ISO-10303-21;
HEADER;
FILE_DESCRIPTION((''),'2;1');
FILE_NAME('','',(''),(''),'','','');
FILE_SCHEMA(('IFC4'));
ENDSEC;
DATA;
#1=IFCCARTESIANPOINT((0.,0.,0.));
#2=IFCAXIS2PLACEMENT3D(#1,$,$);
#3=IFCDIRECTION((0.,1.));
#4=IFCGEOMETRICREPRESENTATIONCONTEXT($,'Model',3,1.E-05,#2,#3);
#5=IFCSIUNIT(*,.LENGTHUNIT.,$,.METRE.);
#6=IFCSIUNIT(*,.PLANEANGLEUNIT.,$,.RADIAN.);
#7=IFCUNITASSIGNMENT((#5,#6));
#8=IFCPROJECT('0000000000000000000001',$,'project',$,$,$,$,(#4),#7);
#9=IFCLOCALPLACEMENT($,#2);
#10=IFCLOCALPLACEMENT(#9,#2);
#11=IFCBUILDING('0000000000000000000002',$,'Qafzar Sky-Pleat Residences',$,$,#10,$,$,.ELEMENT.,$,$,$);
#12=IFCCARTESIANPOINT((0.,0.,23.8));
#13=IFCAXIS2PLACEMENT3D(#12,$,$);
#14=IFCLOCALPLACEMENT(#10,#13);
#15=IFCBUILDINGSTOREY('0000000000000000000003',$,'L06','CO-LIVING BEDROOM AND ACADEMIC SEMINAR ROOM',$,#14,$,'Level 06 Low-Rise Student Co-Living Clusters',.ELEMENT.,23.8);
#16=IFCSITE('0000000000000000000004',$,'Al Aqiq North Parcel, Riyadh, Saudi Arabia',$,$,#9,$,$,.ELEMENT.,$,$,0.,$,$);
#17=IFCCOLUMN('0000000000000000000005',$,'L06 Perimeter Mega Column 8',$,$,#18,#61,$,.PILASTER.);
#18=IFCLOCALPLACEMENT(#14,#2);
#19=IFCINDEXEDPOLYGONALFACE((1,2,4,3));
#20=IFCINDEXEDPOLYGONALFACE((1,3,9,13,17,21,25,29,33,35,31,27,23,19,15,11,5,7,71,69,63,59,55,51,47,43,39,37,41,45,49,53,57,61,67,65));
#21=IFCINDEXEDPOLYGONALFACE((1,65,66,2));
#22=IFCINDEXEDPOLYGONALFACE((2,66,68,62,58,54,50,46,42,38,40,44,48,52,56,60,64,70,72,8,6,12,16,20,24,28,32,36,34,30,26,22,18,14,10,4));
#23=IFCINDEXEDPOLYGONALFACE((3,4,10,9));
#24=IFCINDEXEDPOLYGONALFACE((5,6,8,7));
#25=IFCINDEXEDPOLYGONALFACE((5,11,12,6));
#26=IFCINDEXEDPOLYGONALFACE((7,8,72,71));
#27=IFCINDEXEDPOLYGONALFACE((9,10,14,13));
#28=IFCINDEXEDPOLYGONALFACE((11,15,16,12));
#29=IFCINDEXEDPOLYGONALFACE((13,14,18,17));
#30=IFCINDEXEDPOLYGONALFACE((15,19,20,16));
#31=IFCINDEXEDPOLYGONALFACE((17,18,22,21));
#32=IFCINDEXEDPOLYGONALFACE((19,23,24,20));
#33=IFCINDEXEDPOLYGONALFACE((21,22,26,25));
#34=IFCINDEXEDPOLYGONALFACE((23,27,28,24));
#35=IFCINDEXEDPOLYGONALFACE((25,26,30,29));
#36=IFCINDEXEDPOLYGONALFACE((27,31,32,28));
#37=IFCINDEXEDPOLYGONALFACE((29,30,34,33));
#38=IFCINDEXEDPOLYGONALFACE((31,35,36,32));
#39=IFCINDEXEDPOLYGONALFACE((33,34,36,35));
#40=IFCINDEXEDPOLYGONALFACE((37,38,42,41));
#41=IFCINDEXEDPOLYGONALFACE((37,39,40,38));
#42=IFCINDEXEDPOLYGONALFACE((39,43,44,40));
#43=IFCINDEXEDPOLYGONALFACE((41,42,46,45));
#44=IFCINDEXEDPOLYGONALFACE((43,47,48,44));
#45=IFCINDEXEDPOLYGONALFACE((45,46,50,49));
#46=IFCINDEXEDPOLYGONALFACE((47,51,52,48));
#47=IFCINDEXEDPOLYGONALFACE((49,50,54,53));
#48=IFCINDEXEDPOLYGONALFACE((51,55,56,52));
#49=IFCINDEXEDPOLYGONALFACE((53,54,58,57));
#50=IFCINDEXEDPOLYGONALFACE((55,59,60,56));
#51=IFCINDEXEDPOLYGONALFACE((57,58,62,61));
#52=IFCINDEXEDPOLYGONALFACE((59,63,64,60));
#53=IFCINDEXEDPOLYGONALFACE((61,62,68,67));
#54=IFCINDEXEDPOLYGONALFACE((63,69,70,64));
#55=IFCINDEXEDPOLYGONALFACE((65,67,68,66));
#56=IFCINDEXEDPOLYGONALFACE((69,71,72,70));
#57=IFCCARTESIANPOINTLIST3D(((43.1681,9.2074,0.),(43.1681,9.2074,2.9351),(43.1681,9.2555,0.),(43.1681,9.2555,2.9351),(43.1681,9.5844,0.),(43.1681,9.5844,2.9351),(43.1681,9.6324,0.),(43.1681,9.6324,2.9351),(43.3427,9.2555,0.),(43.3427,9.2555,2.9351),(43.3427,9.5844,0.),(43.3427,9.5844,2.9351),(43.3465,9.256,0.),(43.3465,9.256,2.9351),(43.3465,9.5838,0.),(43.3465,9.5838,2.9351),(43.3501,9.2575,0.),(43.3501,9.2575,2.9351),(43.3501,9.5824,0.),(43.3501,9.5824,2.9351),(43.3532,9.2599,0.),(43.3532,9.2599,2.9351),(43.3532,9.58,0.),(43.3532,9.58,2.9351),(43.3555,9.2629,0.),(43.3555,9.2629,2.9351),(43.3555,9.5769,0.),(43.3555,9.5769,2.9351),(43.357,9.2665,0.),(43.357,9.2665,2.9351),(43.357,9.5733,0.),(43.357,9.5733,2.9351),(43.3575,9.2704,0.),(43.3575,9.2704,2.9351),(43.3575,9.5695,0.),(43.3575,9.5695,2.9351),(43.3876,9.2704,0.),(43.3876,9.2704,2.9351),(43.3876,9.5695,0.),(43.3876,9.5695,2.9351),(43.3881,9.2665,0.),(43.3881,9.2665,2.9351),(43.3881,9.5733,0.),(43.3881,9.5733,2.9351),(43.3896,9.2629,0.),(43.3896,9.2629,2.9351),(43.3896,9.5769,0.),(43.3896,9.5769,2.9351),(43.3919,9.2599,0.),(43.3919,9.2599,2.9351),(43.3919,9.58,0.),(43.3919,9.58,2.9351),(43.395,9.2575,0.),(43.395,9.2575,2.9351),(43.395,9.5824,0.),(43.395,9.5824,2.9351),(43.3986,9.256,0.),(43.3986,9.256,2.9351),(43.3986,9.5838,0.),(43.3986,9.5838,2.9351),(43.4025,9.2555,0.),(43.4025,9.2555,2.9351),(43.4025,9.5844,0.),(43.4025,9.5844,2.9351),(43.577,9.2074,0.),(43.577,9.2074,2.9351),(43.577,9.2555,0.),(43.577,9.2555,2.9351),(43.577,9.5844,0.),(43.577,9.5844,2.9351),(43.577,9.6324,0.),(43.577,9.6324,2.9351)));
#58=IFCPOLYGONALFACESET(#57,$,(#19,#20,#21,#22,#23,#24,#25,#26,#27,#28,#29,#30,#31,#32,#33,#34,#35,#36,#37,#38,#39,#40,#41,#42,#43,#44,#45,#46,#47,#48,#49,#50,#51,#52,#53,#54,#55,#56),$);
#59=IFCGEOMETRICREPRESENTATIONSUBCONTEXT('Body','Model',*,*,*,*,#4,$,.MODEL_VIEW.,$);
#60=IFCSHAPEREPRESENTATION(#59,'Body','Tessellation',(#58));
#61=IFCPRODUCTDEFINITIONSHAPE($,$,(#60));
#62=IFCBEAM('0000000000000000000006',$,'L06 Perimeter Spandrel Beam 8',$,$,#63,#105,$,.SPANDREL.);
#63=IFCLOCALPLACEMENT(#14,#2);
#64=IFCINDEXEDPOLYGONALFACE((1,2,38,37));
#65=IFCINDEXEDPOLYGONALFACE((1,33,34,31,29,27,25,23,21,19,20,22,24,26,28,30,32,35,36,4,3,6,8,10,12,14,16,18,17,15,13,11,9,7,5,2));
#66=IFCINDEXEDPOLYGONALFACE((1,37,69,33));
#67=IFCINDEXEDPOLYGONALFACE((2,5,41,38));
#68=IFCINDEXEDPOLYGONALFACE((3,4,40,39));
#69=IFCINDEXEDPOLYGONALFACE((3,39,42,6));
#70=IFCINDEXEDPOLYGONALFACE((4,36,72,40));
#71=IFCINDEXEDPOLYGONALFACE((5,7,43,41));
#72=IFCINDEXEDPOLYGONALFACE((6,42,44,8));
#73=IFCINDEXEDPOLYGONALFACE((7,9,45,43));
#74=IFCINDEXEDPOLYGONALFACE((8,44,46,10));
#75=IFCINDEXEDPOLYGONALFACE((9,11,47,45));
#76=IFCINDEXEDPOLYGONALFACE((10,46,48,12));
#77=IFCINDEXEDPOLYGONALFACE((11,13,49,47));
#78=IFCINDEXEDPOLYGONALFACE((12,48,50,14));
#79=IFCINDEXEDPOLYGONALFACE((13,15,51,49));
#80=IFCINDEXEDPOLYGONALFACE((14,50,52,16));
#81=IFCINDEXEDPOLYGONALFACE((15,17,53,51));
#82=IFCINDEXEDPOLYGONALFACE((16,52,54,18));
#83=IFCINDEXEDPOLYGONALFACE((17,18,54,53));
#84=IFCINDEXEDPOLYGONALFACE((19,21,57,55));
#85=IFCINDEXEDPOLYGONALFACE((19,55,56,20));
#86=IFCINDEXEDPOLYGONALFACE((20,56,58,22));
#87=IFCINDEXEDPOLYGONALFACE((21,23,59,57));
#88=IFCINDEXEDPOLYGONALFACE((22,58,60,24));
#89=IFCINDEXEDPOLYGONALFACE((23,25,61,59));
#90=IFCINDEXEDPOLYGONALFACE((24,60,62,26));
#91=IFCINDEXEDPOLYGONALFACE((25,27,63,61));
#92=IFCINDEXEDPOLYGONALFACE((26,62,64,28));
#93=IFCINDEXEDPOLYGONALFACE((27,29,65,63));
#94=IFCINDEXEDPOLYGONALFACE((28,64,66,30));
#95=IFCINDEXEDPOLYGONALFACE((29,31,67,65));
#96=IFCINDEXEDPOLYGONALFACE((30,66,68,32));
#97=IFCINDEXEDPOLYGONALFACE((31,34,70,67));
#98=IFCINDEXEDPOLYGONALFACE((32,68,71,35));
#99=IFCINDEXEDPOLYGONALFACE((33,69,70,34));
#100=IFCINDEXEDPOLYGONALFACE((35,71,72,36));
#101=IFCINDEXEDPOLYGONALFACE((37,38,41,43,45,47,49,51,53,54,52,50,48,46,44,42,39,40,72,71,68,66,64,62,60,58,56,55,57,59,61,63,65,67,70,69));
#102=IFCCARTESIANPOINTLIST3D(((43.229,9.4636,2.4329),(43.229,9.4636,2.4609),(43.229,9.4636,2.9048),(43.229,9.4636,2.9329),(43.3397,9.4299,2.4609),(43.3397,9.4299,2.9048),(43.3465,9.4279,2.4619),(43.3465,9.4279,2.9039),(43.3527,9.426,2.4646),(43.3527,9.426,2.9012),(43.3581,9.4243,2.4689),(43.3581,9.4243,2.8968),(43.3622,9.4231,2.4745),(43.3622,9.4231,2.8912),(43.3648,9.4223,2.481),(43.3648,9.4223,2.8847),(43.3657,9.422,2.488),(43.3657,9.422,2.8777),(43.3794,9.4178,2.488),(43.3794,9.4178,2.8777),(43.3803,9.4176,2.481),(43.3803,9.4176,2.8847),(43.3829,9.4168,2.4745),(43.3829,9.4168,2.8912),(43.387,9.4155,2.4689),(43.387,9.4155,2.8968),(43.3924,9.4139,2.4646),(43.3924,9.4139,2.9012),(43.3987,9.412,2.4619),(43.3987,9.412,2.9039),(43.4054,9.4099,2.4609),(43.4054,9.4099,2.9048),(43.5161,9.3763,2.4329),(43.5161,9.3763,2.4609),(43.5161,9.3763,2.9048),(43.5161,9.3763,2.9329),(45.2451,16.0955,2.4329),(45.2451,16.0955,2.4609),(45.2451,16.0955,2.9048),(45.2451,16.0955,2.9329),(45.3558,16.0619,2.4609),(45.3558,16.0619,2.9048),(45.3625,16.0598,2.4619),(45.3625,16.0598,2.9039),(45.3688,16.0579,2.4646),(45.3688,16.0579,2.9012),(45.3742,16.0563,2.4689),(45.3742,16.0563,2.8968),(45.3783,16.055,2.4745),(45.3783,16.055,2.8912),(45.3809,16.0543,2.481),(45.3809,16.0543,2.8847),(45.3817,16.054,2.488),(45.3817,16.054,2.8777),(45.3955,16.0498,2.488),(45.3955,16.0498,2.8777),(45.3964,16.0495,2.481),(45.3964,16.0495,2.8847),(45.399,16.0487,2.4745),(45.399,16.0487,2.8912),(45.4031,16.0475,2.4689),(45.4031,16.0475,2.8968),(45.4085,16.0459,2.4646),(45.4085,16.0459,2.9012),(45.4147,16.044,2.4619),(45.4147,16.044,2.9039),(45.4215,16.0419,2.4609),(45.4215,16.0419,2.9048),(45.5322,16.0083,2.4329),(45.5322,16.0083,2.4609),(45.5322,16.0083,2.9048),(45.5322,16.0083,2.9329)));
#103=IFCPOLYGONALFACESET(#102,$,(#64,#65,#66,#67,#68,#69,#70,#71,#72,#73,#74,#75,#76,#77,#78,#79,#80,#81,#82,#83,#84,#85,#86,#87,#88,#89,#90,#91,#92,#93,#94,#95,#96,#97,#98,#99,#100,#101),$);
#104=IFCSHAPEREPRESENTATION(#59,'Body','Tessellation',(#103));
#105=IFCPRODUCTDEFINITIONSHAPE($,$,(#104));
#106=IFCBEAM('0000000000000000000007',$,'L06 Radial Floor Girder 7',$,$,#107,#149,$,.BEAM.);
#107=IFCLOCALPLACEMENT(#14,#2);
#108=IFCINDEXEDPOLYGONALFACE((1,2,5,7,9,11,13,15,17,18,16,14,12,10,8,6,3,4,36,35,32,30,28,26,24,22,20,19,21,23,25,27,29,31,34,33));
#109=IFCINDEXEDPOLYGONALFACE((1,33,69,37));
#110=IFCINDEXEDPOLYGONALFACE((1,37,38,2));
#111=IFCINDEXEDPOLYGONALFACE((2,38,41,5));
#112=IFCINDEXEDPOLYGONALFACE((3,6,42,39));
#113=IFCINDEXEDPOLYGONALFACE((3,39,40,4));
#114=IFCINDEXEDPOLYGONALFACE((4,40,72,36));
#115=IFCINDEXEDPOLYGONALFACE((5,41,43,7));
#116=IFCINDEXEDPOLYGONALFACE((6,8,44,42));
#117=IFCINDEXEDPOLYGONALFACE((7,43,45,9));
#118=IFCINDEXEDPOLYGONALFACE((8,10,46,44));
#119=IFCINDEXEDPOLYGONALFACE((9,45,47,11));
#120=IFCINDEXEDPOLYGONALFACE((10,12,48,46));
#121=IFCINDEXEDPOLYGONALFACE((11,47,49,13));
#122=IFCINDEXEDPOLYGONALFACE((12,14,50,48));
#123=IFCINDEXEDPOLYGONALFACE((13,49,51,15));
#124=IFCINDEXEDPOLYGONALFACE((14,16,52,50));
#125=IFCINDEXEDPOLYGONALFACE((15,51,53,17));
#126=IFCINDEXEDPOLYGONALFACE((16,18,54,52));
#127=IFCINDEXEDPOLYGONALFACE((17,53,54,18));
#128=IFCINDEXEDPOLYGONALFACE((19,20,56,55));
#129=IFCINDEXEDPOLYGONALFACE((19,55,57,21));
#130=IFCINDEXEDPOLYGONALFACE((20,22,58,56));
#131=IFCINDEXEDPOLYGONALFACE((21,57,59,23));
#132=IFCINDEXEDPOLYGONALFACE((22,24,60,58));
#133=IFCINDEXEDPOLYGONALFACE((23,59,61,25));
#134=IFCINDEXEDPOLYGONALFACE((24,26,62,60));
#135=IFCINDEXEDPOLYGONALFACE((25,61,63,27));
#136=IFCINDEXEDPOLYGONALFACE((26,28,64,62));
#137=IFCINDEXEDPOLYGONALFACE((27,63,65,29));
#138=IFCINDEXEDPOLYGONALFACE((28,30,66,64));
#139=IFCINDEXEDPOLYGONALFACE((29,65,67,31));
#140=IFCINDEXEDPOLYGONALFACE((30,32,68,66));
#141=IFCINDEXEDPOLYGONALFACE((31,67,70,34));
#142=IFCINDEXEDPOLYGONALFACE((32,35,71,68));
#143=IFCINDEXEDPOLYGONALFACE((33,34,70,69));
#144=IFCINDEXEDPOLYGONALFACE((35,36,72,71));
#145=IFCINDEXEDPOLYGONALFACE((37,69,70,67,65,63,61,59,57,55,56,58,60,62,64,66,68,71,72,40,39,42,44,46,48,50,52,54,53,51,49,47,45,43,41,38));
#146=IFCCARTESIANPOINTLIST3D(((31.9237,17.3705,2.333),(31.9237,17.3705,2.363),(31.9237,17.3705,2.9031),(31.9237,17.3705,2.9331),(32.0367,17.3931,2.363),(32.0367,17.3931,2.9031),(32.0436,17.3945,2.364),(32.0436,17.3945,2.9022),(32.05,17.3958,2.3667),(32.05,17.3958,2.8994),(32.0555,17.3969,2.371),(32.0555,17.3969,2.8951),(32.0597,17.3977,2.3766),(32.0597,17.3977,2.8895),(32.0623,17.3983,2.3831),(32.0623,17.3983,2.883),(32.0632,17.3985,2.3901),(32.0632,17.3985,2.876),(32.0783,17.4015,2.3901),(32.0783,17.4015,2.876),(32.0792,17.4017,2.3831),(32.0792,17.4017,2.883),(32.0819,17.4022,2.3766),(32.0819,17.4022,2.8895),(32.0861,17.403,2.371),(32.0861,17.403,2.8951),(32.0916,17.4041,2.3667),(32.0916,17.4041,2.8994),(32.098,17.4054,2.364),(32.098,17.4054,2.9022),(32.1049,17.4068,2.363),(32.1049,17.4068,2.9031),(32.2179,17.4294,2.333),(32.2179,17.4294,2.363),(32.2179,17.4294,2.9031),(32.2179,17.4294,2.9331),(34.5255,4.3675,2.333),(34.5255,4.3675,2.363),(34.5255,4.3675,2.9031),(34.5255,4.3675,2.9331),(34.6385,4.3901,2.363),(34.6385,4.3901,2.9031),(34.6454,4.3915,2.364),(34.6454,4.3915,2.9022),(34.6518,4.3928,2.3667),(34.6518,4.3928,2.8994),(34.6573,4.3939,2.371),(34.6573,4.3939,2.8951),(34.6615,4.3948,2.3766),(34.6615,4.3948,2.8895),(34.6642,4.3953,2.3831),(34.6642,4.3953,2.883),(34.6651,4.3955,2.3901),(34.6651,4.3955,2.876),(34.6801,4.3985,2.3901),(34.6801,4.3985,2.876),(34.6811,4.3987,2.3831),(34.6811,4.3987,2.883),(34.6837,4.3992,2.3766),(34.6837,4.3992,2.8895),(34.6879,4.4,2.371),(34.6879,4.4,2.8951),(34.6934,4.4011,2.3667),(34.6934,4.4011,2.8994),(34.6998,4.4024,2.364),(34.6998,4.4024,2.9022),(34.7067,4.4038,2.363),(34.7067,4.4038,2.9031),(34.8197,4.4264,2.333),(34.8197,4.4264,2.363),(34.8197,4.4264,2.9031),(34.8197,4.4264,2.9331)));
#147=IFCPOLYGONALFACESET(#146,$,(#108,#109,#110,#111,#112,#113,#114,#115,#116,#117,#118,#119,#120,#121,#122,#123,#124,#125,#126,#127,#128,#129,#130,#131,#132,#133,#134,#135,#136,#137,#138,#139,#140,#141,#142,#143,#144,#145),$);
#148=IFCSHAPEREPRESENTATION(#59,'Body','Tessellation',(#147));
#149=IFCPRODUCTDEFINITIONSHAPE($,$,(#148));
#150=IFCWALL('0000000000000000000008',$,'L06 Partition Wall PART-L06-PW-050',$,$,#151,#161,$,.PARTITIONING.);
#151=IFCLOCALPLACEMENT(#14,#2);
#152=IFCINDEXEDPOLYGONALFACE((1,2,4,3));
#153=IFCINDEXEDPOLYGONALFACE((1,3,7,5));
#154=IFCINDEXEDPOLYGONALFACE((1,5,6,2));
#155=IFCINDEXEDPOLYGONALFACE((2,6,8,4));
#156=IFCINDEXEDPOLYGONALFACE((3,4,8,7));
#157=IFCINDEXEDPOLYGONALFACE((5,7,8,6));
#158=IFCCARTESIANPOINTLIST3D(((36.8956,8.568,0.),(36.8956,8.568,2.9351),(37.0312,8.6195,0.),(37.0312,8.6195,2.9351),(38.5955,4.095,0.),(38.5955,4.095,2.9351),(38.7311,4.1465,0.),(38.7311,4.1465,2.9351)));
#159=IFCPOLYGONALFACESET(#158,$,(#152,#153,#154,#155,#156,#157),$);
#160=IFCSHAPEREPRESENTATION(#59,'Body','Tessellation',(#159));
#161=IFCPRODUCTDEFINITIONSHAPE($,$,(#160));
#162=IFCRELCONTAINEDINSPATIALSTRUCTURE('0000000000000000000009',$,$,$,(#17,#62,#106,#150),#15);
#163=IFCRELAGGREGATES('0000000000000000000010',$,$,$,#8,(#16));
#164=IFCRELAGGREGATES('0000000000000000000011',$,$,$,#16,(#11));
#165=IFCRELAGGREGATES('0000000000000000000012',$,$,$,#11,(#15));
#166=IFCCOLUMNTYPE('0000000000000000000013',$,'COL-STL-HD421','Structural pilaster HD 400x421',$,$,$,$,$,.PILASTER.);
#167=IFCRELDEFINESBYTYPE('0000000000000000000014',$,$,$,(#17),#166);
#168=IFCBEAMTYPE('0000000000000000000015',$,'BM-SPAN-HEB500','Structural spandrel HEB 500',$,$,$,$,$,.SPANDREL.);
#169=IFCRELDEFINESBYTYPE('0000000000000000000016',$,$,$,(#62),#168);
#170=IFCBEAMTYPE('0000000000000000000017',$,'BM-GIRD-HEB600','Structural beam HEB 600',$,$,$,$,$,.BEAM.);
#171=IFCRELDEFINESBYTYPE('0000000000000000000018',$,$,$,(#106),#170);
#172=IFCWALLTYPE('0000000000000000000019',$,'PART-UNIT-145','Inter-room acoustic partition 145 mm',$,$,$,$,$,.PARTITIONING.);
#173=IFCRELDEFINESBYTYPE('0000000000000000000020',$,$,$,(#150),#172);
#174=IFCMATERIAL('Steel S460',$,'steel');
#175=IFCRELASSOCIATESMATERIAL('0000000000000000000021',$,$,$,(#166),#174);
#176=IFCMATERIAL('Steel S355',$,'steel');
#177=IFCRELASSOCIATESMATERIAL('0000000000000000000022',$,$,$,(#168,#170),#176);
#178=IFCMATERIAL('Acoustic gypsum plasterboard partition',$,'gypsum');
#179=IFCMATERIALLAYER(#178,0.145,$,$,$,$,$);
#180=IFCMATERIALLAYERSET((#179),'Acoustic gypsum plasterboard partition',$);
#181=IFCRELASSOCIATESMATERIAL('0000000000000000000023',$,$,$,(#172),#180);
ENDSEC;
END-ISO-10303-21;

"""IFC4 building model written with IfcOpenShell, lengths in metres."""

from ifc_helpers import new_model, si_unit, direction, frame, frame_2d, origin, origin_2d, place, context, subcontext, project, spatial, rectangle, i_section, extrude, source, transform, mapped, material, layer, layer_set, material_profile, profile_set, type_object, element, save


model = new_model("IFC4")

# Units and contexts
model_context = context("Model", 3, precision=1e-05, world=origin(), true_north=direction((0.0, 1.0)))
body_context = subcontext(model_context, "Body", "Model", "MODEL_VIEW")
ifc_project = project(units=[si_unit("LENGTHUNIT", "METRE"), si_unit("PLANEANGLEUNIT", "RADIAN")], contexts=[model_context])

# Site, building, storey
site_placement = place(None, origin())
site = spatial("IfcSite", under=ifc_project, at=site_placement, Name="Al Aqiq North Parcel, Riyadh, Saudi Arabia", CompositionType="ELEMENT", RefElevation=0.0)
building_placement = place(site_placement, origin())
building = spatial("IfcBuilding", under=site, at=building_placement, Name="Qafzar Sky-Pleat Residences", CompositionType="ELEMENT")
storey_placement = place(building_placement, frame((0.0, 0.0, 23.8)))
storey = spatial("IfcBuildingStorey", under=building, at=storey_placement, Name="L06", Description="CO-LIVING BEDROOM AND ACADEMIC SEMINAR ROOM", LongName="Level 06 Low-Rise Student Co-Living Clusters", CompositionType="ELEMENT", Elevation=23.8)

# Column
ifc_material_1 = material(Name="Steel S460", Category="steel")
ifc_material_profile_1 = material_profile(ifc_material_1, i_section(OverallWidth=0.4089, OverallDepth=0.425, WebThickness=0.03, FlangeThickness=0.0481, FilletRadius=0.0149, at=origin_2d()), Name="HD 400x421")
ifc_profile_set_1 = profile_set([ifc_material_profile_1], Name="Steel S460")
column_type = type_object("IfcColumnType", Name="COL-STL-HD421", Description="Structural pilaster HD 400x421", PredefinedType="PILASTER", material=ifc_profile_set_1)
shared_shape_1 = source(origin(), body_context, "Body", "SweptSolid", [
    extrude(i_section(OverallWidth=0.4089, OverallDepth=0.425, WebThickness=0.03, FlangeThickness=0.0481, FilletRadius=0.0149, at=origin_2d()), origin(), (0.0, 0.0, 1.0), 2.9351),
])
column_placement = place(storey_placement, frame((43.3726, 9.4199, 0.0), z_axis=(0.0, 0.0, 1.0), x_axis=(1.0, 0.0, 0.0)))
element("IfcColumn", 1, at=column_placement, inside=storey, type_object=column_type, Name="L06 Perimeter Mega Column 8", PredefinedType="PILASTER", context=body_context, shape_type="MappedRepresentation", body=[
    mapped(shared_shape_1, transform((0.0, 0.0, 0.0), x_axis=(1.0, 0.0, 0.0), y_axis=(0.0, 1.0, 0.0), z_axis=(0.0, 0.0, 1.0), scale=1.0)),
])

# Beams
ifc_material_2 = material(Name="Steel S355", Category="steel")
ifc_material_profile_2 = material_profile(ifc_material_2, i_section(OverallWidth=0.3, OverallDepth=0.5, WebThickness=0.0144, FlangeThickness=0.0281, FilletRadius=0.0271, at=origin_2d()), Name="HEB 500")
ifc_profile_set_2 = profile_set([ifc_material_profile_2], Name="Steel S355")
beam_type_1 = type_object("IfcBeamType", Name="BM-SPAN-HEB500", Description="Structural spandrel HEB 500", PredefinedType="SPANDREL", material=ifc_profile_set_2)
shared_shape_2 = source(origin(), body_context, "Body", "SweptSolid", [
    extrude(i_section(OverallWidth=0.3, OverallDepth=0.5, WebThickness=0.0144, FlangeThickness=0.0281, FilletRadius=0.0271, at=origin_2d()), origin(), (0.0, 0.0, 1.0), 6.9316),
])
beam_1_placement = place(storey_placement, frame((43.3726, 9.4199, 2.6829), z_axis=(0.290852, 0.956768, 0.0), x_axis=(-0.956768, 0.290852, 0.0)))
element("IfcBeam", 2, at=beam_1_placement, inside=storey, type_object=beam_type_1, Name="L06 Perimeter Spandrel Beam 8", PredefinedType="SPANDREL", context=body_context, shape_type="MappedRepresentation", body=[
    mapped(shared_shape_2, transform((0.0, 0.0, 0.0), x_axis=(1.0, 0.0, 0.0), y_axis=(0.0, 1.0, 0.0), z_axis=(0.0, 0.0, 1.0), scale=1.0)),
])
ifc_material_profile_3 = material_profile(ifc_material_2, i_section(OverallWidth=0.3, OverallDepth=0.6001, WebThickness=0.0154, FlangeThickness=0.03, FilletRadius=0.0271, at=origin_2d()), Name="HEB 600")
ifc_profile_set_3 = profile_set([ifc_material_profile_3], Name="Steel S355")
beam_type_2 = type_object("IfcBeamType", Name="BM-GIRD-HEB600", Description="Structural beam HEB 600", PredefinedType="BEAM", material=ifc_profile_set_3)
shared_shape_3 = source(origin(), body_context, "Body", "SweptSolid", [
    extrude(i_section(OverallWidth=0.3, OverallDepth=0.6001, WebThickness=0.0154, FlangeThickness=0.03, FilletRadius=0.0271, at=origin_2d()), origin(), (0.0, 0.0, 1.0), 13.2607),
])
beam_2_placement = place(storey_placement, frame((34.6726, 4.397, 2.6331), z_axis=(-0.196205, 0.980563, 0.0), x_axis=(-0.980563, -0.196205, 0.0)))
element("IfcBeam", 3, at=beam_2_placement, inside=storey, type_object=beam_type_2, Name="L06 Radial Floor Girder 7", PredefinedType="BEAM", context=body_context, shape_type="MappedRepresentation", body=[
    mapped(shared_shape_3, transform((0.0, 0.0, 0.0), x_axis=(1.0, 0.0, 0.0), y_axis=(0.0, 1.0, 0.0), z_axis=(0.0, 0.0, 1.0), scale=1.0)),
])

# Wall
ifc_material_3 = material(Name="Acoustic gypsum plasterboard partition", Category="gypsum")
ifc_layer_1 = layer(ifc_material_3, 0.145)
ifc_layer_set_1 = layer_set([ifc_layer_1], Name="Acoustic gypsum plasterboard partition")
wall_type_1 = type_object("IfcWallType", Name="PART-UNIT-145", Description="Inter-room acoustic partition 145 mm", PredefinedType="PARTITIONING", material=ifc_layer_set_1)
wall_1_placement = place(storey_placement, frame((36.9634, 8.5938, 0.0), z_axis=(0.0, 0.0, 1.0), x_axis=(0.355246, -0.934773, 0.0)))
element("IfcWall", 4, at=wall_1_placement, inside=storey, type_object=wall_type_1, Name="L06 Partition Wall PART-L06-PW-050", PredefinedType="PARTITIONING", context=body_context, shape_type="SweptSolid", body=[
    extrude(rectangle(XDim=4.7852, YDim=0.145, at=frame_2d((2.3926, 0.0))), origin(), (0.0, 0.0, 1.0), 2.9351),
])

save(model, "model.ifc")
